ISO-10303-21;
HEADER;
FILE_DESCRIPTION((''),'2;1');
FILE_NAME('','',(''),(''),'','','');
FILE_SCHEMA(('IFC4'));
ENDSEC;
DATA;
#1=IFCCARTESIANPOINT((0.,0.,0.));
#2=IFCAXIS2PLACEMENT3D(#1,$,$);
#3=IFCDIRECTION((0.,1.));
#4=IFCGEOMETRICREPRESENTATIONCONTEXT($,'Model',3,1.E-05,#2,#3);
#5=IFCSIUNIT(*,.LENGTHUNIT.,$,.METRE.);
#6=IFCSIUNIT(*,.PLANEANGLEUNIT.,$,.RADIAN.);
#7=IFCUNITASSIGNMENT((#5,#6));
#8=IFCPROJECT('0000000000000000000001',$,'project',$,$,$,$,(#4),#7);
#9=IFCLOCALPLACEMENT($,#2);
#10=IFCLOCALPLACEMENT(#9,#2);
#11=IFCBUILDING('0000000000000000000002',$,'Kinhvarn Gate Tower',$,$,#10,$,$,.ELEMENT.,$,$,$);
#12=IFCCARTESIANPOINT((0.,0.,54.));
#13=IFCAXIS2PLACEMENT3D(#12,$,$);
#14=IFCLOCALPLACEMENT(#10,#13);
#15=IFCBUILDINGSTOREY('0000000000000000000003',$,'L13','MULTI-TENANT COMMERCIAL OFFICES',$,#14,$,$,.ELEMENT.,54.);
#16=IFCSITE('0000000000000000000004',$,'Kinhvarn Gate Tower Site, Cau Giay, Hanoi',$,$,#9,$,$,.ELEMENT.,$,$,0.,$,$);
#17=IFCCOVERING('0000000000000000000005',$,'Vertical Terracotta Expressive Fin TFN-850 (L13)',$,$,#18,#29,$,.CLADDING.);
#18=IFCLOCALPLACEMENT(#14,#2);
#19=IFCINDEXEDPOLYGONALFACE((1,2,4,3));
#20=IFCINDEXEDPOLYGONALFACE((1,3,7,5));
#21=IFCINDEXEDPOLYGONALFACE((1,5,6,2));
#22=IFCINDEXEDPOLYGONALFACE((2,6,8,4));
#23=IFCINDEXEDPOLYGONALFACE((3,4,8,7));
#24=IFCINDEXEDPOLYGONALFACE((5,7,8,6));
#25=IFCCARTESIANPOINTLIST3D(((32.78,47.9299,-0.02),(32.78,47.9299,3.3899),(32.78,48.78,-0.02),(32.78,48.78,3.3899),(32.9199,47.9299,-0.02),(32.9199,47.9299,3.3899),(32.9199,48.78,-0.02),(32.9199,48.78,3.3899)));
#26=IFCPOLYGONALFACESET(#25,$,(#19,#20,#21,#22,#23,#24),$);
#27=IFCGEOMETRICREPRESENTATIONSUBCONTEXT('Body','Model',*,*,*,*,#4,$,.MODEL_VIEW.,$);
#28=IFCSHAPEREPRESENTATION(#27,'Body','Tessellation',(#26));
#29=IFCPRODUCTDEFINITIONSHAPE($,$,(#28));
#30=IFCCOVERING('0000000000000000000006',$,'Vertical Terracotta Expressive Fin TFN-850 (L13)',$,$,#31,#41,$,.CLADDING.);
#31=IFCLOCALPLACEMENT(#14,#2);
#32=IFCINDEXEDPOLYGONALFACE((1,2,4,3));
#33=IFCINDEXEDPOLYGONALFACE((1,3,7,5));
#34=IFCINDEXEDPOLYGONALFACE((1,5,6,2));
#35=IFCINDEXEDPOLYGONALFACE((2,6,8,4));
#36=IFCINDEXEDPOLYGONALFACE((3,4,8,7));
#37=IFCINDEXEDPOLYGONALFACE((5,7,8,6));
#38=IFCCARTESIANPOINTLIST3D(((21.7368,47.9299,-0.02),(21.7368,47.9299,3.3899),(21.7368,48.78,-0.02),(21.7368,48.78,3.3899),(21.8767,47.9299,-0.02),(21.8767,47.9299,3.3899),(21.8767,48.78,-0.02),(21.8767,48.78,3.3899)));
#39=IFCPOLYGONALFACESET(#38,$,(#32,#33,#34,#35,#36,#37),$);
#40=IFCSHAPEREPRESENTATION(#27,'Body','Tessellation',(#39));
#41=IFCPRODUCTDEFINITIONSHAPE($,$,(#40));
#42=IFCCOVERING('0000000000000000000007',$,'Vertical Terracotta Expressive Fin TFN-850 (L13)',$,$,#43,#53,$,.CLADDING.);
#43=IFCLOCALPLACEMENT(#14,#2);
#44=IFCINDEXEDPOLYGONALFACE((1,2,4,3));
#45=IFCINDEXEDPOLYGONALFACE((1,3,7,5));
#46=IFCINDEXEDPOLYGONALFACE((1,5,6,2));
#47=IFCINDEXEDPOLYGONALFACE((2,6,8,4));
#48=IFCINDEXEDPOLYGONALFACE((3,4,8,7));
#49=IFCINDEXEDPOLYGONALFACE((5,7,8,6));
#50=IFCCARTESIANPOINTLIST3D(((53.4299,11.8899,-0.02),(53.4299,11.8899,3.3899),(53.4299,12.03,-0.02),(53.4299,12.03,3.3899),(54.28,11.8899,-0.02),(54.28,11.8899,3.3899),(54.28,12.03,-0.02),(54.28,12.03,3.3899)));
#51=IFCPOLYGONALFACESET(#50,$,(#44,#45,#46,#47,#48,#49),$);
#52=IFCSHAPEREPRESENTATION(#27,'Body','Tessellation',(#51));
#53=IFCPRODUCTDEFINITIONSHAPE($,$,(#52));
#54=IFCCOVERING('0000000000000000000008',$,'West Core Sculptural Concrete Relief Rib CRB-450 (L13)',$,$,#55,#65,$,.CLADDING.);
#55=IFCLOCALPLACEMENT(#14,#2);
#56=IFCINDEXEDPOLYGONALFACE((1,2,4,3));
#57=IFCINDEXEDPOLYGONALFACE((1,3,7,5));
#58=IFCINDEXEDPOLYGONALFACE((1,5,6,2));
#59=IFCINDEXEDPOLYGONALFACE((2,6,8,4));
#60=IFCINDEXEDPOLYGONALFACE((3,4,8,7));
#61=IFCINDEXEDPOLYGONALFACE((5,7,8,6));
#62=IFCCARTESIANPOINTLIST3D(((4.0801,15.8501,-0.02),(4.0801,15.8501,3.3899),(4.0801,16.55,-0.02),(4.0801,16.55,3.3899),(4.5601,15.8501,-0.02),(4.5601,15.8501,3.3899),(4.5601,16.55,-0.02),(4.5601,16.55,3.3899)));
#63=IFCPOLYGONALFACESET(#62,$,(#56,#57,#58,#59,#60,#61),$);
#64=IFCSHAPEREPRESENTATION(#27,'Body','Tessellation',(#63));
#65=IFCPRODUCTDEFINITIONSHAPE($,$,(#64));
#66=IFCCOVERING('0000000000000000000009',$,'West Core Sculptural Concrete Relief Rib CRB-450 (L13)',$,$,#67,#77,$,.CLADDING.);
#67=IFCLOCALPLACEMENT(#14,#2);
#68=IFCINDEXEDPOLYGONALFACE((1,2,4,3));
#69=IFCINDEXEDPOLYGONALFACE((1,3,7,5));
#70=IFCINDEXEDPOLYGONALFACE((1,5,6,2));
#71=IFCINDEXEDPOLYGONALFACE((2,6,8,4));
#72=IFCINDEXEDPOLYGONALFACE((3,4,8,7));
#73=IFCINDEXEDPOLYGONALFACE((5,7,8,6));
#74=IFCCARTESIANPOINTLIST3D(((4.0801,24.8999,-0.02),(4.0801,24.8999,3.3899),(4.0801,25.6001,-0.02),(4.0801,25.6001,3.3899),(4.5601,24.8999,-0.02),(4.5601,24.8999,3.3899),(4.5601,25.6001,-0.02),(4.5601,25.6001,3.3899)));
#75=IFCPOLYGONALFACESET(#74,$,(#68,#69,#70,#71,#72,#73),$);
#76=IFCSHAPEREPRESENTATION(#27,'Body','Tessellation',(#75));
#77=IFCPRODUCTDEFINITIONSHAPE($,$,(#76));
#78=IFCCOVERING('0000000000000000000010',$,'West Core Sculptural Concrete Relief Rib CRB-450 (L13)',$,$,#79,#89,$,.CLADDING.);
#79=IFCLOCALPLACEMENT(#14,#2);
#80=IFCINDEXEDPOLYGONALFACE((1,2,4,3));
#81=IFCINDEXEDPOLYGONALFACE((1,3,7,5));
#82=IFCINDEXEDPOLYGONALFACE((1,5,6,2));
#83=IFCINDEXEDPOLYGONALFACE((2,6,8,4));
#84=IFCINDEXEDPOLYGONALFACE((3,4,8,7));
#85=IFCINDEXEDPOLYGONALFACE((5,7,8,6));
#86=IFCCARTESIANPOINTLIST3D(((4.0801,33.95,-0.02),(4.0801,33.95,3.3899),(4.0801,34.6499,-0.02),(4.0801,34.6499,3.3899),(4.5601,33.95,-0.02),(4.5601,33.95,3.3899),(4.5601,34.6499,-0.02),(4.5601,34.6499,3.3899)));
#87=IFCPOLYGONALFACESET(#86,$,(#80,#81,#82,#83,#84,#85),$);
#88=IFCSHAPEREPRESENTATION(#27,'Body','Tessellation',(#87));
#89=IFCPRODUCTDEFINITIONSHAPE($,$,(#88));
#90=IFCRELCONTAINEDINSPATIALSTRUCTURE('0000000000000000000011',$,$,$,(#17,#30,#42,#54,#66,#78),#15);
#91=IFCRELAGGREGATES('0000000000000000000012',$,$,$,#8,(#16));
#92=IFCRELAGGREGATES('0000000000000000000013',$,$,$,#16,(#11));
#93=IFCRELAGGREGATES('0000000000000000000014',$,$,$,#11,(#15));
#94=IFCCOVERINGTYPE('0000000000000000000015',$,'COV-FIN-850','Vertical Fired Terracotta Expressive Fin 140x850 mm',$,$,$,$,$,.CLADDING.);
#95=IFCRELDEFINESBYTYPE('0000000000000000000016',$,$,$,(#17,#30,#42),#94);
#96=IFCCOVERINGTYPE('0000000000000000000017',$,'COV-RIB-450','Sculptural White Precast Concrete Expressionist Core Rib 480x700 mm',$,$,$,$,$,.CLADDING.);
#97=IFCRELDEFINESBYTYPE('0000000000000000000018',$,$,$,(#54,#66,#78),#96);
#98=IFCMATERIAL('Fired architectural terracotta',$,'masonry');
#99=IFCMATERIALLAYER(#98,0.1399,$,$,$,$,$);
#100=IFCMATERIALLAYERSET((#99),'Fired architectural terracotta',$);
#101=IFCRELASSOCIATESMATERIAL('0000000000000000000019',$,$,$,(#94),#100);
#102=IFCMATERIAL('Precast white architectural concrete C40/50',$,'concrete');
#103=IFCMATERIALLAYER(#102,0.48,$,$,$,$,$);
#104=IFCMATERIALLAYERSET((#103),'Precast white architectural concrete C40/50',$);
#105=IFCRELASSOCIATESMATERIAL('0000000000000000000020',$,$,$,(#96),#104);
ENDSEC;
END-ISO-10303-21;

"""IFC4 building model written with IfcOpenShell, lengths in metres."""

from ifc_helpers import new_model, si_unit, direction, frame, origin, place, context, subcontext, project, spatial, polyline, outline, extrude, material, layer, layer_set, type_object, element, save


model = new_model("IFC4")

# Units and contexts
model_context = context("Model", 3, precision=1e-05, world=origin(), true_north=direction((0.0, 1.0)))
body_context = subcontext(model_context, "Body", "Model", "MODEL_VIEW")
ifc_project = project(units=[si_unit("LENGTHUNIT", "METRE"), si_unit("PLANEANGLEUNIT", "RADIAN")], contexts=[model_context])

# Site, building, storey
site_placement = place(None, origin())
site = spatial("IfcSite", under=ifc_project, at=site_placement, Name="Kinhvarn Gate Tower Site, Cau Giay, Hanoi", CompositionType="ELEMENT", RefElevation=0.0)
building_placement = place(site_placement, origin())
building = spatial("IfcBuilding", under=site, at=building_placement, Name="Kinhvarn Gate Tower", CompositionType="ELEMENT")
storey_placement = place(building_placement, frame((0.0, 0.0, 54.0)))
storey = spatial("IfcBuildingStorey", under=building, at=storey_placement, Name="L13", Description="MULTI-TENANT COMMERCIAL OFFICES", CompositionType="ELEMENT", Elevation=54.0)

# Shared definitions
ifc_material_1 = material(Name="Precast white architectural concrete C40/50", Category="concrete")

# Coverings
ifc_material_2 = material(Name="Fired architectural terracotta", Category="masonry")
ifc_layer_1 = layer(ifc_material_2, 0.1399)
ifc_layer_set_1 = layer_set([ifc_layer_1], Name="Fired architectural terracotta")
covering_type_1 = type_object("IfcCoveringType", Name="COV-FIN-850", Description="Vertical Fired Terracotta Expressive Fin 140x850 mm", PredefinedType="CLADDING", material=ifc_layer_set_1)
covering_1_placement = place(storey_placement, frame((0.0, 0.0, -0.02)))
element("IfcCovering", 1, at=covering_1_placement, inside=storey, type_object=covering_type_1, Name="Vertical Terracotta Expressive Fin TFN-850 (L13)", PredefinedType="CLADDING", context=body_context, shape_type="SweptSolid", body=[
    extrude(outline(polyline([(32.9199, 47.9299), (32.78, 47.9299), (32.78, 48.78), (32.9199, 48.78), (32.9199, 47.9299)])), origin(), (0.0, 0.0, 1.0), 3.4099),
])
covering_2_placement = place(storey_placement, frame((0.0, 0.0, -0.02)))
element("IfcCovering", 2, at=covering_2_placement, inside=storey, type_object=covering_type_1, Name="Vertical Terracotta Expressive Fin TFN-850 (L13)", PredefinedType="CLADDING", context=body_context, shape_type="SweptSolid", body=[
    extrude(outline(polyline([(21.8767, 47.9299), (21.7368, 47.9299), (21.7368, 48.78), (21.8767, 48.78), (21.8767, 47.9299)])), origin(), (0.0, 0.0, 1.0), 3.4099),
])
covering_3_placement = place(storey_placement, frame((0.0, 0.0, -0.02)))
element("IfcCovering", 3, at=covering_3_placement, inside=storey, type_object=covering_type_1, Name="Vertical Terracotta Expressive Fin TFN-850 (L13)", PredefinedType="CLADDING", context=body_context, shape_type="SweptSolid", body=[
    extrude(outline(polyline([(53.4299, 11.8899), (53.4299, 12.03), (54.28, 12.03), (54.28, 11.8899), (53.4299, 11.8899)])), origin(), (0.0, 0.0, 1.0), 3.4099),
])
ifc_layer_2 = layer(ifc_material_1, 0.48)
ifc_layer_set_2 = layer_set([ifc_layer_2], Name="Precast white architectural concrete C40/50")
covering_type_2 = type_object("IfcCoveringType", Name="COV-RIB-450", Description="Sculptural White Precast Concrete Expressionist Core Rib 480x700 mm", PredefinedType="CLADDING", material=ifc_layer_set_2)
covering_4_placement = place(storey_placement, frame((0.0, 0.0, -0.02)))
element("IfcCovering", 4, at=covering_4_placement, inside=storey, type_object=covering_type_2, Name="West Core Sculptural Concrete Relief Rib CRB-450 (L13)", PredefinedType="CLADDING", context=body_context, shape_type="SweptSolid", body=[
    extrude(outline(polyline([(4.0801, 15.8501), (4.5601, 15.8501), (4.5601, 16.55), (4.0801, 16.55), (4.0801, 15.8501)])), origin(), (0.0, 0.0, 1.0), 3.4099),
])
covering_5_placement = place(storey_placement, frame((0.0, 0.0, -0.02)))
element("IfcCovering", 5, at=covering_5_placement, inside=storey, type_object=covering_type_2, Name="West Core Sculptural Concrete Relief Rib CRB-450 (L13)", PredefinedType="CLADDING", context=body_context, shape_type="SweptSolid", body=[
    extrude(outline(polyline([(4.0801, 24.8999), (4.5601, 24.8999), (4.5601, 25.6001), (4.0801, 25.6001), (4.0801, 24.8999)])), origin(), (0.0, 0.0, 1.0), 3.4099),
])
covering_6_placement = place(storey_placement, frame((0.0, 0.0, -0.02)))
element("IfcCovering", 6, at=covering_6_placement, inside=storey, type_object=covering_type_2, Name="West Core Sculptural Concrete Relief Rib CRB-450 (L13)", PredefinedType="CLADDING", context=body_context, shape_type="SweptSolid", body=[
    extrude(outline(polyline([(4.0801, 33.95), (4.5601, 33.95), (4.5601, 34.6499), (4.0801, 34.6499), (4.0801, 33.95)])), origin(), (0.0, 0.0, 1.0), 3.4099),
])

save(model, "model.ifc")
